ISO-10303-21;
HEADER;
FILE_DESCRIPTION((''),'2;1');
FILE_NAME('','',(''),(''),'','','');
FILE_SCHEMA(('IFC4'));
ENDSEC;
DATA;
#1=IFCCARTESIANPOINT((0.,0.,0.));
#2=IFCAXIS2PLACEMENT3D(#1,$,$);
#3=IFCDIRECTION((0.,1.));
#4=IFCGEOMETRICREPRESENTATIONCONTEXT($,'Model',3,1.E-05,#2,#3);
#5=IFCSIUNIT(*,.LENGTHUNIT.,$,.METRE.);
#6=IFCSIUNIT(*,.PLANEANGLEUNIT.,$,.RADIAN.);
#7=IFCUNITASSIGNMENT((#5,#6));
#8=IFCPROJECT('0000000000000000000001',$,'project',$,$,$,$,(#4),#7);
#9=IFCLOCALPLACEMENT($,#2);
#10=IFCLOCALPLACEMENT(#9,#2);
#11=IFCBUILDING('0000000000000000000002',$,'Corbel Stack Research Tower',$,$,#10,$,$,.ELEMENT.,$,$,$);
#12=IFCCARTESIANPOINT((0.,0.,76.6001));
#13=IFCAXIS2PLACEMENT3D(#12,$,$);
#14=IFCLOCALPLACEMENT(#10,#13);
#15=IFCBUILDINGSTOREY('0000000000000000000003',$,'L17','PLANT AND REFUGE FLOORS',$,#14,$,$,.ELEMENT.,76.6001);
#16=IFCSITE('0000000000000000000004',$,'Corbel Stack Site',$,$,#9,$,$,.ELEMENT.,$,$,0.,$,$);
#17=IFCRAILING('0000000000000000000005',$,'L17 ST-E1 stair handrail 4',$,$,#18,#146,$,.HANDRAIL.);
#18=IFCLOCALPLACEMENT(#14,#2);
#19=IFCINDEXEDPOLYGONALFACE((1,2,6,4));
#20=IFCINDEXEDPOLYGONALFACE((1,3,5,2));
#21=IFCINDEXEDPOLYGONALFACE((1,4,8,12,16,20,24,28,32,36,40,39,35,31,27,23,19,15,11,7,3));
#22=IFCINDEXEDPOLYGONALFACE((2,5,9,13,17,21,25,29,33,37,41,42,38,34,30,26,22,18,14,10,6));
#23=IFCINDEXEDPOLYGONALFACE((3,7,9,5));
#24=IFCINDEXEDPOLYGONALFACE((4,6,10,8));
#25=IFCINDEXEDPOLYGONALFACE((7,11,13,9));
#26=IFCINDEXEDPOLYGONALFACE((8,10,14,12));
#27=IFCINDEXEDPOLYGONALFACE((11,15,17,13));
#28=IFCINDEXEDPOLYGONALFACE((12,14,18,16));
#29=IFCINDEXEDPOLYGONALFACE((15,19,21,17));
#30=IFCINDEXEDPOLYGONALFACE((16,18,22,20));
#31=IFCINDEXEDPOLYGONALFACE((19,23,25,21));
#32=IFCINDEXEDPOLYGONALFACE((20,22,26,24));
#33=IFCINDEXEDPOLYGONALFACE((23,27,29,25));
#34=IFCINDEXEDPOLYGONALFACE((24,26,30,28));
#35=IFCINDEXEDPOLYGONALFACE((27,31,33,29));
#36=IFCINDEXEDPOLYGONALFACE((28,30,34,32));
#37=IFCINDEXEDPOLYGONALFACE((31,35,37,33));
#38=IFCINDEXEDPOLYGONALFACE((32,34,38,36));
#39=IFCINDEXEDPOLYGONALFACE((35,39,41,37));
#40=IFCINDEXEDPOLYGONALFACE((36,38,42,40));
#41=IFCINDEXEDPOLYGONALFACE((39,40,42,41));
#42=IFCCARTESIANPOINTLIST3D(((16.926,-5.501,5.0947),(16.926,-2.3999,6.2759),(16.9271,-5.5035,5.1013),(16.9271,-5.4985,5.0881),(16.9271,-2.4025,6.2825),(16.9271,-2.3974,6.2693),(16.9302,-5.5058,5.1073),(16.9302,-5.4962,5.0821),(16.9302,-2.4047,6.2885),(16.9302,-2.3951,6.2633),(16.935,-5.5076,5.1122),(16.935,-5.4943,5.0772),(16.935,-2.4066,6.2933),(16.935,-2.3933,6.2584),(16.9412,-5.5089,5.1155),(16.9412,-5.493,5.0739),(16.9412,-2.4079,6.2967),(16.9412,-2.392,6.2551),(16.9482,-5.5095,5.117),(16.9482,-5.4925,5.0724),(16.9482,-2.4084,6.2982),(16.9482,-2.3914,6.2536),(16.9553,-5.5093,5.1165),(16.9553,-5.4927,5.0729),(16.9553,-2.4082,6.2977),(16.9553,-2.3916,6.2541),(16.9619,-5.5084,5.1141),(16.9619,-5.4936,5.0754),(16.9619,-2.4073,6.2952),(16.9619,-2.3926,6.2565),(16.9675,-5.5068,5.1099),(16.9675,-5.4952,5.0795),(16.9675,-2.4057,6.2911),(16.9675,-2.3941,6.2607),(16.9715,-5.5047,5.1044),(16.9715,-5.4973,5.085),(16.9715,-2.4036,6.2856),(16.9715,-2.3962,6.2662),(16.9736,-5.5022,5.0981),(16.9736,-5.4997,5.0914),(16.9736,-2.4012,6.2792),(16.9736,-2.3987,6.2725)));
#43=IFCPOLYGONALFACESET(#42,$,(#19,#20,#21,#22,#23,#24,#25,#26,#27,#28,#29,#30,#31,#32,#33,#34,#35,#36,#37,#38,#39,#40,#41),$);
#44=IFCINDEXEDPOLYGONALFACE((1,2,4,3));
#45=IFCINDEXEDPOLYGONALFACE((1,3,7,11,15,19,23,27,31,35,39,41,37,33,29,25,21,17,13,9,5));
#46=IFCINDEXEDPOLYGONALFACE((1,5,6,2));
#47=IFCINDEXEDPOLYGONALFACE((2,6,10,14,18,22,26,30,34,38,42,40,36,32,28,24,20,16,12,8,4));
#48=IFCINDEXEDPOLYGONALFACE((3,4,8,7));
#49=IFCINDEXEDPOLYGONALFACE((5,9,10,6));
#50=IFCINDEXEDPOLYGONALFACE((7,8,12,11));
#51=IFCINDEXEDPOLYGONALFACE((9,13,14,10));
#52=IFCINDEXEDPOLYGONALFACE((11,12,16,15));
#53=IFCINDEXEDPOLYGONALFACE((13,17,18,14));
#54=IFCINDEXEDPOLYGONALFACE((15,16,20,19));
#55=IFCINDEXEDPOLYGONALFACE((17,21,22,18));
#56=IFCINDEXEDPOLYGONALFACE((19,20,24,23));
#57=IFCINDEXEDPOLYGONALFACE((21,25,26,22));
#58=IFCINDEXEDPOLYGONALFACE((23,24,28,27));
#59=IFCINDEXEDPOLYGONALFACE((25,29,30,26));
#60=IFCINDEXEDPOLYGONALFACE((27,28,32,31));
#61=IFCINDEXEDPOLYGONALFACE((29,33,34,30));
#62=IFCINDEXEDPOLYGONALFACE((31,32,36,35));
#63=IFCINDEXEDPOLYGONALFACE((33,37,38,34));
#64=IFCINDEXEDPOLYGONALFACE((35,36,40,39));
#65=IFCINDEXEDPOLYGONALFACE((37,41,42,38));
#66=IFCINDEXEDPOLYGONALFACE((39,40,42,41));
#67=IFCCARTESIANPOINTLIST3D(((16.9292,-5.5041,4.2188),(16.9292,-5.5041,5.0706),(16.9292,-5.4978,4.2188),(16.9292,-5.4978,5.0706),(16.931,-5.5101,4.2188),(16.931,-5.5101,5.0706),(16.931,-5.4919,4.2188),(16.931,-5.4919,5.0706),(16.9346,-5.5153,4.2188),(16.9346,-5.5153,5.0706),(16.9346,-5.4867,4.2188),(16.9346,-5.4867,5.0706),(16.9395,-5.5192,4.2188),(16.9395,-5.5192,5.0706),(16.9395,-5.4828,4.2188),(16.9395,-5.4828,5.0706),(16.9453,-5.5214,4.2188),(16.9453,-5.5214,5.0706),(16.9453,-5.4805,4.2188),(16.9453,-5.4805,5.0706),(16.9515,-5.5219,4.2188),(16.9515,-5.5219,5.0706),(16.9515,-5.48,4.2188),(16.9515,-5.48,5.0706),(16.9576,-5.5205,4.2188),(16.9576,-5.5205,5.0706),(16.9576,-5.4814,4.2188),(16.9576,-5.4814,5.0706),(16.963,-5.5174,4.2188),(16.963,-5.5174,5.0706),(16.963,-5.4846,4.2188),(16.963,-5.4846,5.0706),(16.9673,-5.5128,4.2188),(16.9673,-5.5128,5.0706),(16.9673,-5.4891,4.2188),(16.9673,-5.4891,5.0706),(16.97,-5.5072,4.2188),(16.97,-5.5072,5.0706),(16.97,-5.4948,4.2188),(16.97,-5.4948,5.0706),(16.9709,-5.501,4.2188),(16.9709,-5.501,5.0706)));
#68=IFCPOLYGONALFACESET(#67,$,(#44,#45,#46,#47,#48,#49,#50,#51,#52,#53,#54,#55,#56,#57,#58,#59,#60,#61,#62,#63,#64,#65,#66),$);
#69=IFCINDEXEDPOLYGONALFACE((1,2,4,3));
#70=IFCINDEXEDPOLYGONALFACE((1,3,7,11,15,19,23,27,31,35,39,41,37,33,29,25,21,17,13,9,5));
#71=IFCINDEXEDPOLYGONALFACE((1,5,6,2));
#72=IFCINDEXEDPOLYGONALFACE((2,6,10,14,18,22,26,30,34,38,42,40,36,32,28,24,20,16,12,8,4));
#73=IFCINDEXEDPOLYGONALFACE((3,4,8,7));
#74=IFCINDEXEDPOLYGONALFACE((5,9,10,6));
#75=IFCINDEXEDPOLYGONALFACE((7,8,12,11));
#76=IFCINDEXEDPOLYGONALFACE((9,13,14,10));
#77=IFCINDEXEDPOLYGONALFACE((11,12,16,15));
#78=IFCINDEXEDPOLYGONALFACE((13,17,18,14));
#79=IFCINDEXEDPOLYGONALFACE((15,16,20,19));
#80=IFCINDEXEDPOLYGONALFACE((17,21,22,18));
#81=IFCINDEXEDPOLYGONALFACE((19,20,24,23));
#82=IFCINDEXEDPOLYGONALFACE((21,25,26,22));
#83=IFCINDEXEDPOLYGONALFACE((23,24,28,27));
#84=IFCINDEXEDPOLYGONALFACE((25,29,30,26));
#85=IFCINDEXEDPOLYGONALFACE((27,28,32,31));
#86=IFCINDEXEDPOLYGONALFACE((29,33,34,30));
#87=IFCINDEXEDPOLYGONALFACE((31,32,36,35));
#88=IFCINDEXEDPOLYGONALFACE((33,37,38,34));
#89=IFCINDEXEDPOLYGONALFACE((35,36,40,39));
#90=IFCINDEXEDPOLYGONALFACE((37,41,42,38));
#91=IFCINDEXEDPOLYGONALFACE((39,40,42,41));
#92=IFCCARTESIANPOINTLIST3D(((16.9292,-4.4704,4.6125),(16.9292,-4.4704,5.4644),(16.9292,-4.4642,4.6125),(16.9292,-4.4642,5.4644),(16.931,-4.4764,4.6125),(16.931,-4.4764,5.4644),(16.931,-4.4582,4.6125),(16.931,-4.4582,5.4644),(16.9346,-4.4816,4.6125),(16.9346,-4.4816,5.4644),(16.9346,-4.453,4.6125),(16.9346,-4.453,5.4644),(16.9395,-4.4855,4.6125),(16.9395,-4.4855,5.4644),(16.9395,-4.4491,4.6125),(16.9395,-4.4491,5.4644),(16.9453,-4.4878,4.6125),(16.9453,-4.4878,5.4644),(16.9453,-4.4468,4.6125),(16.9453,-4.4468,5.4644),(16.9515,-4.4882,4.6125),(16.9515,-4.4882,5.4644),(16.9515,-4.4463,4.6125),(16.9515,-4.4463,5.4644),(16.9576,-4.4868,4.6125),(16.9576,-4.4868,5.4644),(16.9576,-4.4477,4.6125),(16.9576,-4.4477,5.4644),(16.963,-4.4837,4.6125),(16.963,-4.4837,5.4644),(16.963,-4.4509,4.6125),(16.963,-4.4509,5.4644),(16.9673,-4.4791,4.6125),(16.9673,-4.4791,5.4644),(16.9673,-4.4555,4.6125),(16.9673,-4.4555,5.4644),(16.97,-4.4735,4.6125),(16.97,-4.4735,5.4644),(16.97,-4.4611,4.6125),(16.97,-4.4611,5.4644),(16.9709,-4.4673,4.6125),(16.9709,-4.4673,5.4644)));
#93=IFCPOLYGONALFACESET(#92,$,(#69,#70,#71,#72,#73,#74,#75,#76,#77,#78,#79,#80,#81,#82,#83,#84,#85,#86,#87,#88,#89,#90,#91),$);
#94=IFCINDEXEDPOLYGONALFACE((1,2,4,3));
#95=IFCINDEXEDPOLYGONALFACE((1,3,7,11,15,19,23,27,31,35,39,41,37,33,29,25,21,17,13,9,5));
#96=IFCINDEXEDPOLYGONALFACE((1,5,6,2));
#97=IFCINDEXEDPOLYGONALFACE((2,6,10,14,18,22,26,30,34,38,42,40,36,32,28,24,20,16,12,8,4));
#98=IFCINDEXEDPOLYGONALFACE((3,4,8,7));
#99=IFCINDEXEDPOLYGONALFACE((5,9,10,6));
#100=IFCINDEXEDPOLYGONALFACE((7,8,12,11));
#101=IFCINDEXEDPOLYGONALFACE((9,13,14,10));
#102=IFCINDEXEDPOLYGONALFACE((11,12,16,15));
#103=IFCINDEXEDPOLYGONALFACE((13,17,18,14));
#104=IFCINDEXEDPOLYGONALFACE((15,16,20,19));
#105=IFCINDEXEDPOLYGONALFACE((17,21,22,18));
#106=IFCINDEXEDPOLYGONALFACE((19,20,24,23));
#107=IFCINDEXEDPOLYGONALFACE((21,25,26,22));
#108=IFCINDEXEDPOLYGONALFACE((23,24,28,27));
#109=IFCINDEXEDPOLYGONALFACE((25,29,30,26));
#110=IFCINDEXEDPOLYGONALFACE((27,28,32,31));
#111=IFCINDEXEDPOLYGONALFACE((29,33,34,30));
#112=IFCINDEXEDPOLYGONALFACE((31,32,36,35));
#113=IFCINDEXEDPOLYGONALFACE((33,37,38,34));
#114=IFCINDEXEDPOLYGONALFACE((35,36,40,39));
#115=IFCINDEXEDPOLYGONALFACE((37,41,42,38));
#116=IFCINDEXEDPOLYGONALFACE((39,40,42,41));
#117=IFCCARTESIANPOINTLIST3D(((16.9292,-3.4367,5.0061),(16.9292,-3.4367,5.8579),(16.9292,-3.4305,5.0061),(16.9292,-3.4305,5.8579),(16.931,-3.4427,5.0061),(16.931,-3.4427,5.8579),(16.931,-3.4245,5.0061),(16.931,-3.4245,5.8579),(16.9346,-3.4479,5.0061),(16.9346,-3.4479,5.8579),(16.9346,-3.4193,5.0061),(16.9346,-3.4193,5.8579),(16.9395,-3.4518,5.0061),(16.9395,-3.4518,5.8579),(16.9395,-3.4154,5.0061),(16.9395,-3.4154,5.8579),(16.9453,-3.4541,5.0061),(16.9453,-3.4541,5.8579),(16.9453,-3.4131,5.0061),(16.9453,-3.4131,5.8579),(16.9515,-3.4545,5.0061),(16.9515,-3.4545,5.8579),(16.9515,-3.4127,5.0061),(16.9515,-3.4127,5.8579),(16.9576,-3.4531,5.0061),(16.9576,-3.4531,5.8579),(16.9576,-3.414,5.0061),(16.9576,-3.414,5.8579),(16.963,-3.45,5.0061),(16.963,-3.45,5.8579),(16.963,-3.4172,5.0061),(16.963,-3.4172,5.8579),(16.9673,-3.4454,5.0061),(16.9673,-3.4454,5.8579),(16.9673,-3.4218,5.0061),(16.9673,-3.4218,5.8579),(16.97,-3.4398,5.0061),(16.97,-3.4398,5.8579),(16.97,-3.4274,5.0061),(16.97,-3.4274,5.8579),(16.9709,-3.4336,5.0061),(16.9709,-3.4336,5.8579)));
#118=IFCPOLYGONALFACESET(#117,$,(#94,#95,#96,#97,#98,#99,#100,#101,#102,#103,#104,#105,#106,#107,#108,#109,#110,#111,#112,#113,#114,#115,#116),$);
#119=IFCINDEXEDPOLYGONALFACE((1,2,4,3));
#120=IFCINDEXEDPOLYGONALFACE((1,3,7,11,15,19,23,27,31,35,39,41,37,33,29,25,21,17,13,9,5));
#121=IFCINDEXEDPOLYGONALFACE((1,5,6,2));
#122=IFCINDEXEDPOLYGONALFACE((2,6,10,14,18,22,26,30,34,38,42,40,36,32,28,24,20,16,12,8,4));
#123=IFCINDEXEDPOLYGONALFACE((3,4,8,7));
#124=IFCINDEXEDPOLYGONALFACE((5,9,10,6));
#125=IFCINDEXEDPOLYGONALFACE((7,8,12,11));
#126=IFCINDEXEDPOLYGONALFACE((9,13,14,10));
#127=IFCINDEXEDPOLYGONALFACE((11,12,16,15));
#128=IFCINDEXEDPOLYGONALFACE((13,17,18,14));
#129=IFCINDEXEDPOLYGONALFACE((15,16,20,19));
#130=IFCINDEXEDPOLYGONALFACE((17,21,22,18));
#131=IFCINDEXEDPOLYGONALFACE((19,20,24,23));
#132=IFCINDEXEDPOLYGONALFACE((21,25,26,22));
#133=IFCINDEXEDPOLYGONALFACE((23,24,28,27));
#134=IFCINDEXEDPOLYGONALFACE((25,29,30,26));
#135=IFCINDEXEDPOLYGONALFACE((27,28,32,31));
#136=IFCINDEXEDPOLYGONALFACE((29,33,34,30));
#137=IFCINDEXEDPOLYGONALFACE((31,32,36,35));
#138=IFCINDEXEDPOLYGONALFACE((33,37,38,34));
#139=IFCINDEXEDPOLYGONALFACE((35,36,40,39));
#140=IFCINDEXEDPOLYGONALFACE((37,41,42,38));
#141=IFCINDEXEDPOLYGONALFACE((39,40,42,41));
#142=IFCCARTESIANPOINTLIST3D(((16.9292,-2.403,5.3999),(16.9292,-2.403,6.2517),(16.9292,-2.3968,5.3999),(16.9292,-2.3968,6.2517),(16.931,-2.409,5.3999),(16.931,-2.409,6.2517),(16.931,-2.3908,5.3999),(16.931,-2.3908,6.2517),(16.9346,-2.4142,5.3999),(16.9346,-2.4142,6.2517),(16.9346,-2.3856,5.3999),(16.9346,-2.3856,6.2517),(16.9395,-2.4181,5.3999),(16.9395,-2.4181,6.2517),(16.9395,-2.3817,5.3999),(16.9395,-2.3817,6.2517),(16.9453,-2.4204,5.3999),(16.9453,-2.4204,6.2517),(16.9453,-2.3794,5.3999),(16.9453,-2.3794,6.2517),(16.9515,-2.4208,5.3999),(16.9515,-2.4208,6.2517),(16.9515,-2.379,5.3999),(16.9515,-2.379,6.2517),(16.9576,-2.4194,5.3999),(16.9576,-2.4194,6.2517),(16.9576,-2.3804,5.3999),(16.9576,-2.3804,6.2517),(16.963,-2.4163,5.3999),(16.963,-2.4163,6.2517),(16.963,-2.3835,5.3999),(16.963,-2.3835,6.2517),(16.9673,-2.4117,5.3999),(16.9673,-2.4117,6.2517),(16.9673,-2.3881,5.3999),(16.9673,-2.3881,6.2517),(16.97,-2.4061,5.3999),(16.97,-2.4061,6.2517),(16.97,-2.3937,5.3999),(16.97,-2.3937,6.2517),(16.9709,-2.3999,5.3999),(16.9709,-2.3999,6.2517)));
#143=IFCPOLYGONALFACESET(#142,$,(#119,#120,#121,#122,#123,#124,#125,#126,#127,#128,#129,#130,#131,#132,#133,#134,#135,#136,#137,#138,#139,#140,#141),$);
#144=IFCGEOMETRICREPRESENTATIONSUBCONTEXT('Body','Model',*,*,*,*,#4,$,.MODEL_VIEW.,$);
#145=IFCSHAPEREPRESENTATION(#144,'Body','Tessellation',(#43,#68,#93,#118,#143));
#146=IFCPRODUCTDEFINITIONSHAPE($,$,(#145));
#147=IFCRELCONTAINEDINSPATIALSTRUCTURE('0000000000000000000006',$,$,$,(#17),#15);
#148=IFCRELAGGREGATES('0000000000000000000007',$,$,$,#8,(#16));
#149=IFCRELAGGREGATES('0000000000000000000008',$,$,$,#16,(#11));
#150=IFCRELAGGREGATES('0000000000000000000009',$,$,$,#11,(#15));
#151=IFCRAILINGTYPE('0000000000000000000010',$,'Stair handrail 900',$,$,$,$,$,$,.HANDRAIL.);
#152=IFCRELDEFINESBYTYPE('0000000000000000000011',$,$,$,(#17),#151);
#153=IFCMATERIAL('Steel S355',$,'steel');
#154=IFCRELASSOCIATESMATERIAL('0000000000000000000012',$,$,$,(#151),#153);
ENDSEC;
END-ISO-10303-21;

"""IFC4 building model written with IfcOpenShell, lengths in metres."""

from ifc_helpers import new_model, si_unit, direction, frame, origin, origin_2d, place, context, subcontext, project, spatial, circle, extrude, material, type_object, element, save


model = new_model("IFC4")

# Units and contexts
model_context = context("Model", 3, precision=1e-05, world=origin(), true_north=direction((0.0, 1.0)))
body_context = subcontext(model_context, "Body", "Model", "MODEL_VIEW")
ifc_project = project(units=[si_unit("LENGTHUNIT", "METRE"), si_unit("PLANEANGLEUNIT", "RADIAN")], contexts=[model_context])

# Site, building, storey
site_placement = place(None, origin())
site = spatial("IfcSite", under=ifc_project, at=site_placement, Name="Corbel Stack Site", CompositionType="ELEMENT", RefElevation=0.0)
building_placement = place(site_placement, origin())
building = spatial("IfcBuilding", under=site, at=building_placement, Name="Corbel Stack Research Tower", CompositionType="ELEMENT")
storey_placement = place(building_placement, frame((0.0, 0.0, 76.6001)))
storey = spatial("IfcBuildingStorey", under=building, at=storey_placement, Name="L17", Description="PLANT AND REFUGE FLOORS", CompositionType="ELEMENT", Elevation=76.6001)

# Railing
ifc_material_1 = material(Name="Steel S355", Category="steel")
railing_type_1 = type_object("IfcRailingType", Name="Stair handrail 900", PredefinedType="HANDRAIL", material=ifc_material_1)
railing_1_placement = place(storey_placement, frame((16.95, -5.501, 4.2188)))
element("IfcRailing", 1, at=railing_1_placement, inside=storey, type_object=railing_type_1, Name="L17 ST-E1 stair handrail 4", PredefinedType="HANDRAIL", context=body_context, shape_type="SweptSolid", body=[
    extrude(circle(Radius=0.0239, at=origin_2d()), frame((0.0, 0.0, 0.876), z_axis=(0.0, 0.934509, 0.35594), x_axis=(-1.0, 0.0, 0.0)), (0.0, 0.0, 1.0), 3.3184),
    extrude(circle(Radius=0.021, at=origin_2d()), origin(), (0.0, 0.0, 1.0), 0.8518),
    extrude(circle(Radius=0.021, at=origin_2d()), frame((0.0, 1.0337, 0.3938)), (0.0, 0.0, 1.0), 0.8518),
    extrude(circle(Radius=0.021, at=origin_2d()), frame((0.0, 2.0674, 0.7874)), (0.0, 0.0, 1.0), 0.8518),
    extrude(circle(Radius=0.021, at=origin_2d()), frame((0.0, 3.1011, 1.1812)), (0.0, 0.0, 1.0), 0.8518),
])

save(model, "model.ifc")
